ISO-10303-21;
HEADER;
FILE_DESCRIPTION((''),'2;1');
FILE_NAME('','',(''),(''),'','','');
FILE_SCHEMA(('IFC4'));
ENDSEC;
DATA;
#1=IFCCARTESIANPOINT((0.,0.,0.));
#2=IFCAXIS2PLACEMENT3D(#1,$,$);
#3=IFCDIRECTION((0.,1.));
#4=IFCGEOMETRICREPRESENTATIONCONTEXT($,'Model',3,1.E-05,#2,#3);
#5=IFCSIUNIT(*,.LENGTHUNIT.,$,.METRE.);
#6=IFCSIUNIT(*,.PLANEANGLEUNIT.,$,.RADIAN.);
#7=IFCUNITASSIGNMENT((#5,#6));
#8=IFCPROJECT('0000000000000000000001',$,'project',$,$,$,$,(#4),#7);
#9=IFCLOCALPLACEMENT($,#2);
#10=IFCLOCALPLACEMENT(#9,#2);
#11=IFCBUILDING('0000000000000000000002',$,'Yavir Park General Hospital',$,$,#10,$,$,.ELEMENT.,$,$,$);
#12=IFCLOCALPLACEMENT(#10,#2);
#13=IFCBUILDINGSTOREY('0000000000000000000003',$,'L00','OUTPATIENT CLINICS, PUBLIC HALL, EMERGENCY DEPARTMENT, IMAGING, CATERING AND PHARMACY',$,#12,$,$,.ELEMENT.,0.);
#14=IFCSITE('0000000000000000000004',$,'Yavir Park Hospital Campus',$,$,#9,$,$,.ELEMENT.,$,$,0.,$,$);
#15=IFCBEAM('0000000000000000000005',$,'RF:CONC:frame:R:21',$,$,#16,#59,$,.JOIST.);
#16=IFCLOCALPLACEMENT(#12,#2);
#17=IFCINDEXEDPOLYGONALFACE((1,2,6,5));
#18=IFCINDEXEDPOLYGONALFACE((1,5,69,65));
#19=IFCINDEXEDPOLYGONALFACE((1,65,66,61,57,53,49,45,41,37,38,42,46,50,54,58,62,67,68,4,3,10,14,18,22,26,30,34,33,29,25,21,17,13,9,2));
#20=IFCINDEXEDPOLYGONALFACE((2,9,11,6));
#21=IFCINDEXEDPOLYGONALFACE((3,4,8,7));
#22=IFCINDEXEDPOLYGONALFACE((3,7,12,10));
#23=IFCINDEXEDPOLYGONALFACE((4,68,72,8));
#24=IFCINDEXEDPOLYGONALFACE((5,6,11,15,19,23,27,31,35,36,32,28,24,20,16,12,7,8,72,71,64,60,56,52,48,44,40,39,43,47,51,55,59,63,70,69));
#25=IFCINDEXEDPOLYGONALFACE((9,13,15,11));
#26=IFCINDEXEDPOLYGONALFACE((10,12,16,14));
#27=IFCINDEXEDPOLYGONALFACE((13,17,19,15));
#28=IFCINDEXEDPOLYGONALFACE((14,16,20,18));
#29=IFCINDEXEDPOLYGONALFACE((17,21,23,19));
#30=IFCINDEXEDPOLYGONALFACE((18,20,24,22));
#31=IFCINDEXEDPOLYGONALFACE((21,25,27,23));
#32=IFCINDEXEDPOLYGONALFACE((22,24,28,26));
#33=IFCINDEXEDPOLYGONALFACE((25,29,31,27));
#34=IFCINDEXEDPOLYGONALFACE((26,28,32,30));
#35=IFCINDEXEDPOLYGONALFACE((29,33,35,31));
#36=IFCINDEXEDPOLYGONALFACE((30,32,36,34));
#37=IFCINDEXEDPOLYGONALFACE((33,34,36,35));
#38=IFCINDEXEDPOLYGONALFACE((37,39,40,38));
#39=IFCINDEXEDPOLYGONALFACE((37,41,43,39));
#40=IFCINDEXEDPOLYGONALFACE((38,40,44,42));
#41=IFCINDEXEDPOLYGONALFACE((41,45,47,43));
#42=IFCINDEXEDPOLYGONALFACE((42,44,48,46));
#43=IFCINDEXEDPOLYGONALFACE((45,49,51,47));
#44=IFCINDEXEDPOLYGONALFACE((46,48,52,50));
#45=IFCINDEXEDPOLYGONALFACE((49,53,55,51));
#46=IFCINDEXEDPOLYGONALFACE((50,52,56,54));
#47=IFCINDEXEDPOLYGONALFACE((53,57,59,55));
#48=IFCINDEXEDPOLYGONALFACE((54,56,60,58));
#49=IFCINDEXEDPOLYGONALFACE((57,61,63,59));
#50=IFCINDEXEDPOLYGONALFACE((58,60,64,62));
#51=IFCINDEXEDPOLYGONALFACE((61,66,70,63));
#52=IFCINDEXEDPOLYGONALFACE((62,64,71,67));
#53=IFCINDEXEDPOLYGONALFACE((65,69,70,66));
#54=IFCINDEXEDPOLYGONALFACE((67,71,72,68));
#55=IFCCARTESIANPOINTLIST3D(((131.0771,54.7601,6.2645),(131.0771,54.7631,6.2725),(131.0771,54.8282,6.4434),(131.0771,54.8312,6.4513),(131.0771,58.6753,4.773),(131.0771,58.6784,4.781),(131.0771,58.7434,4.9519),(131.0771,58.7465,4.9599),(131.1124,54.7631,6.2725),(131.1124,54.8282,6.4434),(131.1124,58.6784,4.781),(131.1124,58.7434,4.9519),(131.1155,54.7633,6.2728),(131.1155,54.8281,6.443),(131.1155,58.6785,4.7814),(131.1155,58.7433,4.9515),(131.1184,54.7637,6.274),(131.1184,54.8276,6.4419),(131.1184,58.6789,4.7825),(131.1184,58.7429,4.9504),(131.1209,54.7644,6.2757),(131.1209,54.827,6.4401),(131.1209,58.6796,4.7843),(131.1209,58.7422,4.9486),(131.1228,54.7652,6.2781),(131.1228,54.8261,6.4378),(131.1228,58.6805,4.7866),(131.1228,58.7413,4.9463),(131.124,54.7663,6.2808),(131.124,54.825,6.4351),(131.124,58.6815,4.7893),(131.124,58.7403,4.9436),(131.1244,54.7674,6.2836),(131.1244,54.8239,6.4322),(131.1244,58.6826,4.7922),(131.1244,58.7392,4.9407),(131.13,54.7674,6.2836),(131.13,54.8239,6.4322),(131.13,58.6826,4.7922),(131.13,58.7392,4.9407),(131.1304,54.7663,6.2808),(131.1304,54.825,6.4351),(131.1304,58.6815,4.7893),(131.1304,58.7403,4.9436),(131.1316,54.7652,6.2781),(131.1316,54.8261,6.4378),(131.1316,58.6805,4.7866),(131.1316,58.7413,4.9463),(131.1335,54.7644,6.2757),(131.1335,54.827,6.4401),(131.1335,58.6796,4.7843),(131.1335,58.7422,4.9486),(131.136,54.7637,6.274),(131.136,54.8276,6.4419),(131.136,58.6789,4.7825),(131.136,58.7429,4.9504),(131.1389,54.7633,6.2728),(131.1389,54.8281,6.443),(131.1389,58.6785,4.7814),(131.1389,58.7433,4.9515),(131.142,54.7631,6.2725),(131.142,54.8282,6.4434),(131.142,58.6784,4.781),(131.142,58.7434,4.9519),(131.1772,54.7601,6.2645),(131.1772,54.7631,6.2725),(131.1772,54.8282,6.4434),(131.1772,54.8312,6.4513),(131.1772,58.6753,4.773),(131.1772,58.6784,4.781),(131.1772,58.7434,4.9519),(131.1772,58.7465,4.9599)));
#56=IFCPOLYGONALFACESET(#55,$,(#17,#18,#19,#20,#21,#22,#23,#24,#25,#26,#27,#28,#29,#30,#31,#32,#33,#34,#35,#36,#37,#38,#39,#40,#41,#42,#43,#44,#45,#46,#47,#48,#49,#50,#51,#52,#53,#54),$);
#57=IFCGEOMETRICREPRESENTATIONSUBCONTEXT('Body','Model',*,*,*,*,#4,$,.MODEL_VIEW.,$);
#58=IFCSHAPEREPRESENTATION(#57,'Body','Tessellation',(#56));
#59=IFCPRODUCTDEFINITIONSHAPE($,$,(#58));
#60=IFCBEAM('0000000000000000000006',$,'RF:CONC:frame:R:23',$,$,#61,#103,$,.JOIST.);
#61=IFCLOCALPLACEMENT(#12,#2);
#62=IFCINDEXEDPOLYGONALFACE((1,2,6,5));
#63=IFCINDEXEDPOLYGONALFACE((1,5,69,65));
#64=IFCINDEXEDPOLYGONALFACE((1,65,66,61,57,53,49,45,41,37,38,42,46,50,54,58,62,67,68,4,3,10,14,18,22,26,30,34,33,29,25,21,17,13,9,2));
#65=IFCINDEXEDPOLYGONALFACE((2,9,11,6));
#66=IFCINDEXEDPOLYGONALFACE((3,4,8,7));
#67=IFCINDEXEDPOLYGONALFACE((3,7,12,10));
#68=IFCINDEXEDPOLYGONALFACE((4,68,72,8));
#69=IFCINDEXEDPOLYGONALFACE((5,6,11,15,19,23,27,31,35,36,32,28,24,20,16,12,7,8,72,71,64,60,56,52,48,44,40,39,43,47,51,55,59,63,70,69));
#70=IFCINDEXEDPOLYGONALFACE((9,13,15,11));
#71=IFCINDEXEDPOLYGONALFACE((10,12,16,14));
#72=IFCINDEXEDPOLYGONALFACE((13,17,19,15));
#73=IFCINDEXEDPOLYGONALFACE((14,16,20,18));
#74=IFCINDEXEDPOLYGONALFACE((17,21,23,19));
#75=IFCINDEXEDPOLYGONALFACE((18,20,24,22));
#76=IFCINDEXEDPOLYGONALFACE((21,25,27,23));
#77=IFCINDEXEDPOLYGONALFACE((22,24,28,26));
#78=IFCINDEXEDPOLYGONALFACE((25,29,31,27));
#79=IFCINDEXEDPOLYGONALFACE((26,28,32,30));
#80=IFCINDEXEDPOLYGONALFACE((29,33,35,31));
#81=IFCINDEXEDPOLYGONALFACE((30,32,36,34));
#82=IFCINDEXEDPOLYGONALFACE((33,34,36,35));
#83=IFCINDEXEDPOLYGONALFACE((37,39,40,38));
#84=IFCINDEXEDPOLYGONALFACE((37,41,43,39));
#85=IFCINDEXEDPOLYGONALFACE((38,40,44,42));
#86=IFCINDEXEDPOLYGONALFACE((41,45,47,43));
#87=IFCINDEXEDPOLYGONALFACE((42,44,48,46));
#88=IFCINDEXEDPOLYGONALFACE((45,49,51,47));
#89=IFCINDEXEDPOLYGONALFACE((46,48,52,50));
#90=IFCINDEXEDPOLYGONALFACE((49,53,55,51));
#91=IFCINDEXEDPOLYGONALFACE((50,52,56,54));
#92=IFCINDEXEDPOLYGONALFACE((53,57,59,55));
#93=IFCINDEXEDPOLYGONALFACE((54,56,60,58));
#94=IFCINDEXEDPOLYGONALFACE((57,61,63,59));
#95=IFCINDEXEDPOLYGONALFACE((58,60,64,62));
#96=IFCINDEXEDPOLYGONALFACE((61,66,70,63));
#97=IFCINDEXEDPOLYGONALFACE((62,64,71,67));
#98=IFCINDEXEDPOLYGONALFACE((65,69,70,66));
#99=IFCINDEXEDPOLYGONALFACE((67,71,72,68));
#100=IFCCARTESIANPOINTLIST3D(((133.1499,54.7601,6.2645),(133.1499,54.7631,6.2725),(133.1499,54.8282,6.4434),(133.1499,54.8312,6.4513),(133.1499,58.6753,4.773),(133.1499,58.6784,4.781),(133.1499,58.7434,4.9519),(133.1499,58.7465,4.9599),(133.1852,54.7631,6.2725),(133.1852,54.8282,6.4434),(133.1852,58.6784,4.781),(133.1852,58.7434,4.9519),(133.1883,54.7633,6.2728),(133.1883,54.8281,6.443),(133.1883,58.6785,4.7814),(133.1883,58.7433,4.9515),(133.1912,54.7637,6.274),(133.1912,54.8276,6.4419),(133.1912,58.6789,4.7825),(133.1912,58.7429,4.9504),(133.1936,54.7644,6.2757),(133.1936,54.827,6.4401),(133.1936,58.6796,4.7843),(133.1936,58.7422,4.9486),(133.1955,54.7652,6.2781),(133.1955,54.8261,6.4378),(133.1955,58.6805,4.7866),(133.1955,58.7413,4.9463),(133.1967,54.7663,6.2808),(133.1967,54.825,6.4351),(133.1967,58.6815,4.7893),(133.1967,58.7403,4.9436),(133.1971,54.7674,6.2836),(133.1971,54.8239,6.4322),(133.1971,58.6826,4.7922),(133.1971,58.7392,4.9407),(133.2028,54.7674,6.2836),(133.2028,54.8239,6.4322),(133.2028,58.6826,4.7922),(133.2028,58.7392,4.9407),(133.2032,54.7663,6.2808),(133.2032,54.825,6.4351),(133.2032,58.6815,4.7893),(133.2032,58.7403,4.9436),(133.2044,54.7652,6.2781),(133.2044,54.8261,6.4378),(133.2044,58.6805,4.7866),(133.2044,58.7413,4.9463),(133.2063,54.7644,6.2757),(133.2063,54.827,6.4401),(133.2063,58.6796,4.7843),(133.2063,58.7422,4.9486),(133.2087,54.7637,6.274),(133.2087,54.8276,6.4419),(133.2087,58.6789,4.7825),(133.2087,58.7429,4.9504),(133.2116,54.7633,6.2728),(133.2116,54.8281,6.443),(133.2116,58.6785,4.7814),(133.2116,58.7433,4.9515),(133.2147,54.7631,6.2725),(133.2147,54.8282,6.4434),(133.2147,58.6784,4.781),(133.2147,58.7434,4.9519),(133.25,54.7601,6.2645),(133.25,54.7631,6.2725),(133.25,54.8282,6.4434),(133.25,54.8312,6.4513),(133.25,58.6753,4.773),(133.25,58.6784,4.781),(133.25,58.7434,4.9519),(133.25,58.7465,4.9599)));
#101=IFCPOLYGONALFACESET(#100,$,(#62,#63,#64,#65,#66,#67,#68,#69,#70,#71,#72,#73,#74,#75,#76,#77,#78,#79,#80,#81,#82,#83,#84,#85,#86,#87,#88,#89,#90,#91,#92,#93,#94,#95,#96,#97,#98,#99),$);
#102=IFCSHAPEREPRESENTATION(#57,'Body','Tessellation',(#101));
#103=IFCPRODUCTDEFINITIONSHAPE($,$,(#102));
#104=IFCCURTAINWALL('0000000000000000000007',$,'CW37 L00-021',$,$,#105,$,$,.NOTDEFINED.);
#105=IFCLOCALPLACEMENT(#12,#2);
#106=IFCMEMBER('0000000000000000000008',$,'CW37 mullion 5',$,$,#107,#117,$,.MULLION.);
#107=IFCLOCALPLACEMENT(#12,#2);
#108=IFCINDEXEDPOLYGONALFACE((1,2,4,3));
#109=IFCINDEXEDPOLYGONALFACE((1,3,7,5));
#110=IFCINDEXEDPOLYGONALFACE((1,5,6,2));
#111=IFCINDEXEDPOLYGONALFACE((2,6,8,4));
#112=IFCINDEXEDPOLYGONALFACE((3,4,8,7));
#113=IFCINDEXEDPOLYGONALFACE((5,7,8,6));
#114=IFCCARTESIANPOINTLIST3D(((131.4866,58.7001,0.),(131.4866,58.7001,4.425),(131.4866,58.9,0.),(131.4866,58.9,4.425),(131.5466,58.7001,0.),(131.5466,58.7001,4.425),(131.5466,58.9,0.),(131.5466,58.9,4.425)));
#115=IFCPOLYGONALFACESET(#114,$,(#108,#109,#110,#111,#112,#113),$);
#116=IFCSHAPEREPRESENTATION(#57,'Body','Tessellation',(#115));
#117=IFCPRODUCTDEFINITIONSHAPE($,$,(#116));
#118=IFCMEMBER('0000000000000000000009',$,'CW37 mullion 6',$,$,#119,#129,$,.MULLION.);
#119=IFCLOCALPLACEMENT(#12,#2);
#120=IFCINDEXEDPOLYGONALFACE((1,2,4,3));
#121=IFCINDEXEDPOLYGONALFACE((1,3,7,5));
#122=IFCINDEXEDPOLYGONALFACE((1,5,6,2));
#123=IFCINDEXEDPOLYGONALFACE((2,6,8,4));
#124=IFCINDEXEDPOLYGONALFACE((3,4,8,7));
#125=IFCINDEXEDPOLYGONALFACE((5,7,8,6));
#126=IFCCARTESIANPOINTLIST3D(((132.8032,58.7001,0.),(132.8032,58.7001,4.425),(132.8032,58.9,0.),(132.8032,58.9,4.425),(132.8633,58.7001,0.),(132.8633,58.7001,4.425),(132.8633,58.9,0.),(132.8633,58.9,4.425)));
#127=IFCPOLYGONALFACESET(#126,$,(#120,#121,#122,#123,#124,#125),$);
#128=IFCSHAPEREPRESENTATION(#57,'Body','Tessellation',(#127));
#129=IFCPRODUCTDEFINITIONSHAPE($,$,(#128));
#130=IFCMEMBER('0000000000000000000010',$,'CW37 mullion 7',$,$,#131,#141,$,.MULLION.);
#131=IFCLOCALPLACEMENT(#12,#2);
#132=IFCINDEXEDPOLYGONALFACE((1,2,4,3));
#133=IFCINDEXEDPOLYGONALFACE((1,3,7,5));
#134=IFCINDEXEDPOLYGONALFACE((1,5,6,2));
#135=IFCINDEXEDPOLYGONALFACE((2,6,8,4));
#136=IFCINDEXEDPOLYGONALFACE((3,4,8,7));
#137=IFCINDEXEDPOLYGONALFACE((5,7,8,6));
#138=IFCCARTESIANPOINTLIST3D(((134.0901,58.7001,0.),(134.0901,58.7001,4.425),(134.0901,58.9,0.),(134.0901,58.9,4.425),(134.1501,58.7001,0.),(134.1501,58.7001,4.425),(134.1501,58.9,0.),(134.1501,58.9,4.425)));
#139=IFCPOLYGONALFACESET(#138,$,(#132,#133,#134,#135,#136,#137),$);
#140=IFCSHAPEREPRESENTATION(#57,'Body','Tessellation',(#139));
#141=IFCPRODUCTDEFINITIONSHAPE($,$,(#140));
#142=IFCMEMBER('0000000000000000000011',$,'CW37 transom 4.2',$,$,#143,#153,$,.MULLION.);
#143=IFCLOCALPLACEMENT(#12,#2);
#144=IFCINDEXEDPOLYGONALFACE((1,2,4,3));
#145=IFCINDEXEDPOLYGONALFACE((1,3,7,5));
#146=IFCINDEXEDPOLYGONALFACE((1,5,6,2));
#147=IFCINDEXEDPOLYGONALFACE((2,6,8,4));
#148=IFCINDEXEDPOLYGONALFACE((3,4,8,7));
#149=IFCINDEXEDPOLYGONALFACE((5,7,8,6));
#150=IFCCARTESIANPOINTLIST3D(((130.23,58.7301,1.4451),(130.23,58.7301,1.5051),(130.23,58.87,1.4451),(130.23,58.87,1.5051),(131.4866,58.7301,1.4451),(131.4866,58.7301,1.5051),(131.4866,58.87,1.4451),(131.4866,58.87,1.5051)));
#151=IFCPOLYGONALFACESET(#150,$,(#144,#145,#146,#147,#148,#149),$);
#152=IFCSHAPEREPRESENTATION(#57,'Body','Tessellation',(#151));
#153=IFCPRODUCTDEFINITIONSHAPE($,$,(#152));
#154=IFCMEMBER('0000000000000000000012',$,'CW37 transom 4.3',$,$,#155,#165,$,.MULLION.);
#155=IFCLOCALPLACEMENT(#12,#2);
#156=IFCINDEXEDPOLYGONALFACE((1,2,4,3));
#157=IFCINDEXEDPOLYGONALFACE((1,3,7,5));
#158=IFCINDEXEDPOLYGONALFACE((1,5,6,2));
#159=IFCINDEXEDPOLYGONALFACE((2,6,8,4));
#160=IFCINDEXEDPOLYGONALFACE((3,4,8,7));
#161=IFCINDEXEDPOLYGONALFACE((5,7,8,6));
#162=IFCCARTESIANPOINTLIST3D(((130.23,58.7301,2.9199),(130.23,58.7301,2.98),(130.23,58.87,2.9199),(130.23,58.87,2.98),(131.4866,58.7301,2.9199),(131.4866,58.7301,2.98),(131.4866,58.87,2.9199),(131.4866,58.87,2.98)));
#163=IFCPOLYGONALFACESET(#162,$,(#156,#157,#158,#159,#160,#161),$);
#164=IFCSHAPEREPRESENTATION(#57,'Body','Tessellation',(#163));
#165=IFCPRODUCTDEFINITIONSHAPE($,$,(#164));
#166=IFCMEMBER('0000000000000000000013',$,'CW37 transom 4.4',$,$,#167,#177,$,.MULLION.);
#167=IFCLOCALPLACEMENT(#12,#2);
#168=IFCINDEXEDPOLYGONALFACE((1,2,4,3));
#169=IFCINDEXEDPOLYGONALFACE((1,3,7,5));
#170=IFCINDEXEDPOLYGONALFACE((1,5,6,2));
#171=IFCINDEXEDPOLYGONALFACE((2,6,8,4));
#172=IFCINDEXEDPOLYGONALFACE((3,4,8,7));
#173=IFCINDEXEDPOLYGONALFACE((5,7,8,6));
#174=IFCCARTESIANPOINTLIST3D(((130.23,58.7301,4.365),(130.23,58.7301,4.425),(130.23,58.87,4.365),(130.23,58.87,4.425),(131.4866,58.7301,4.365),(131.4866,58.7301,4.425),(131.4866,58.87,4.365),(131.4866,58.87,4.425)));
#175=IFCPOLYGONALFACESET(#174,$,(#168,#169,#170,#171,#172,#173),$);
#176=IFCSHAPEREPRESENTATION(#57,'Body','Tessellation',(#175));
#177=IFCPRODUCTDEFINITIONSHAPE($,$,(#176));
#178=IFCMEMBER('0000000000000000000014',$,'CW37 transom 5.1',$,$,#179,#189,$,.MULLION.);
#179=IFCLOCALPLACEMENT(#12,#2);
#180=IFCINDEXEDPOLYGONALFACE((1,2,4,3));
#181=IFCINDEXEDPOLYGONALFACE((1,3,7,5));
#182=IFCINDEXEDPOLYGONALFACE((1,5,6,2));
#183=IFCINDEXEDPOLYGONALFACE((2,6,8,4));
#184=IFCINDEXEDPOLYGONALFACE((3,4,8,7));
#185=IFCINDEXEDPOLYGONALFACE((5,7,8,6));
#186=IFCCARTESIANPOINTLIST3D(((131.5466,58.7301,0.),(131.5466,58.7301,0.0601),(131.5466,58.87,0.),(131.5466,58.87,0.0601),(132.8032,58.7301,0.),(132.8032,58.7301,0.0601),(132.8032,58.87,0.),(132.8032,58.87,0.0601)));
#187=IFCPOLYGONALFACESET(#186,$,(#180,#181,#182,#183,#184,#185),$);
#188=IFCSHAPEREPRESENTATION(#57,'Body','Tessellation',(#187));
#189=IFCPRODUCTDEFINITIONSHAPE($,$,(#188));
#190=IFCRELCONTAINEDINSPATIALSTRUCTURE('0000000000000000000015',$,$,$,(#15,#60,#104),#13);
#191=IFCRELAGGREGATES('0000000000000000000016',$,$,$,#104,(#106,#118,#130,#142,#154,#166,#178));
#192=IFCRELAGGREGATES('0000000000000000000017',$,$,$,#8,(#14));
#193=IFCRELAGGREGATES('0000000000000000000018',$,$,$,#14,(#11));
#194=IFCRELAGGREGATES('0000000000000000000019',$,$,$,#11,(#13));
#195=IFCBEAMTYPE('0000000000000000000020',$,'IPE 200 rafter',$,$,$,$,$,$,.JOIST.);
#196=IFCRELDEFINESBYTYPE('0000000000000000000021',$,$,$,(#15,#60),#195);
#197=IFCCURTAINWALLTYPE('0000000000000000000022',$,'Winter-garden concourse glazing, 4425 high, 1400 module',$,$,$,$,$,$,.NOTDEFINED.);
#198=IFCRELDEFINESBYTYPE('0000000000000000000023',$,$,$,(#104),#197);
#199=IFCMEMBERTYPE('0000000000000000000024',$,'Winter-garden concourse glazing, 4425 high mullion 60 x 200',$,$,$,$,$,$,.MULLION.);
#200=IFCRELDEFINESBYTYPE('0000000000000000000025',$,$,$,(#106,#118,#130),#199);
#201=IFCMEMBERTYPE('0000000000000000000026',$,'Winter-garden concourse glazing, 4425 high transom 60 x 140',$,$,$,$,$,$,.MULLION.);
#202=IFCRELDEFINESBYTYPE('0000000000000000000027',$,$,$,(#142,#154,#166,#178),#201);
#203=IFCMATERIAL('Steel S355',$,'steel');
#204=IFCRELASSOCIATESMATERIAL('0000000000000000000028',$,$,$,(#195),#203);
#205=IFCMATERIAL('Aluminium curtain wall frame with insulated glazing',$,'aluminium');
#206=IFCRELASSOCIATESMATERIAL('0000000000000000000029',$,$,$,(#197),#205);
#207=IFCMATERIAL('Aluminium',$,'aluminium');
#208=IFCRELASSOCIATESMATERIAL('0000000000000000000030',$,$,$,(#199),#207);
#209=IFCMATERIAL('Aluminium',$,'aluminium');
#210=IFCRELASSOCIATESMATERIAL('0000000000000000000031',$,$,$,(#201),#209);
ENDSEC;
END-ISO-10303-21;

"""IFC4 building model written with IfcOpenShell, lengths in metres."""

from ifc_helpers import new_model, si_unit, direction, frame, origin, origin_2d, place, context, subcontext, project, spatial, rectangle, i_section, extrude, material, material_profile, profile_set, type_object, element, aggregate, save


model = new_model("IFC4")

# Units and contexts
model_context = context("Model", 3, precision=1e-05, world=origin(), true_north=direction((0.0, 1.0)))
body_context = subcontext(model_context, "Body", "Model", "MODEL_VIEW")
ifc_project = project(units=[si_unit("LENGTHUNIT", "METRE"), si_unit("PLANEANGLEUNIT", "RADIAN")], contexts=[model_context])

# Site, building, storey
site_placement = place(None, origin())
site = spatial("IfcSite", under=ifc_project, at=site_placement, Name="Yavir Park Hospital Campus", CompositionType="ELEMENT", RefElevation=0.0)
building_placement = place(site_placement, origin())
building = spatial("IfcBuilding", under=site, at=building_placement, Name="Yavir Park General Hospital", CompositionType="ELEMENT")
storey_placement = place(building_placement, origin())
storey = spatial("IfcBuildingStorey", under=building, at=storey_placement, Name="L00", Description="OUTPATIENT CLINICS, PUBLIC HALL, EMERGENCY DEPARTMENT, IMAGING, CATERING AND PHARMACY", CompositionType="ELEMENT", Elevation=0.0)

# Beams
ifc_material_1 = material(Name="Steel S355", Category="steel")
ifc_material_profile_1 = material_profile(ifc_material_1, i_section(OverallWidth=0.1001, OverallDepth=0.2, WebThickness=0.0056, FlangeThickness=0.0085, FilletRadius=0.012, at=origin_2d()), Name="IPE200")
ifc_profile_set_1 = profile_set([ifc_material_profile_1], Name="Steel S355")
beam_type = type_object("IfcBeamType", Name="IPE 200 rafter", PredefinedType="JOIST", material=ifc_profile_set_1)
for number, where, z_axis, x_axis, name in (
    (1, (131.1272, 54.7957, 6.3579), (0.0, 0.934494, -0.355978), (-1.0, 0.0, 0.0), "RF:CONC:frame:R:21"),
    (2, (133.2, 54.7957, 6.3579), (0.0, 0.934494, -0.355978), (-1.0, 0.0, 0.0), "RF:CONC:frame:R:23"),
):
    element("IfcBeam", number, at=place(storey_placement, frame(where, z_axis=z_axis, x_axis=x_axis)), inside=storey, type_object=beam_type, Name=name, PredefinedType="JOIST", context=body_context, shape_type="SweptSolid", body=[
        extrude(i_section(OverallWidth=0.1001, OverallDepth=0.2, WebThickness=0.0056, FlangeThickness=0.0085, FilletRadius=0.012, at=origin_2d()), origin(), (0.0, 0.0, 1.0), 4.1897),
    ])

# Curtain wall, members
ifc_material_2 = material(Name="Aluminium curtain wall frame with insulated glazing", Category="aluminium")
curtain_wall_type = type_object("IfcCurtainWallType", Name="Winter-garden concourse glazing, 4425 high, 1400 module", PredefinedType="NOTDEFINED", material=ifc_material_2)
curtain_wall_placement = place(storey_placement, origin())
curtain_wall = element("IfcCurtainWall", 3, at=curtain_wall_placement, inside=storey, type_object=curtain_wall_type, Name="CW37 L00-021", PredefinedType="NOTDEFINED")
ifc_material_3 = material(Name="Aluminium", Category="aluminium")
ifc_material_profile_2 = material_profile(ifc_material_3, rectangle(XDim=0.2, YDim=0.0601, at=origin_2d()), Name="AL 60x200")
ifc_profile_set_2 = profile_set([ifc_material_profile_2], Name="Aluminium")
member_type_1 = type_object("IfcMemberType", Name="Winter-garden concourse glazing, 4425 high mullion 60 x 200", PredefinedType="MULLION", material=ifc_profile_set_2)
member_1_placement = place(storey_placement, frame((131.5166, 58.8, 0.0), z_axis=(0.0, 0.0, 1.0), x_axis=(0.0, 1.0, 0.0)))
member_1 = element("IfcMember", 4, at=member_1_placement, type_object=member_type_1, Name="CW37 mullion 5", PredefinedType="MULLION", context=body_context, shape_type="SweptSolid", body=[
    extrude(rectangle(XDim=0.2, YDim=0.0601, at=origin_2d()), origin(), (0.0, 0.0, 1.0), 4.425),
])
member_2_placement = place(storey_placement, frame((132.8333, 58.8, 0.0), z_axis=(0.0, 0.0, 1.0), x_axis=(0.0, 1.0, 0.0)))
member_2 = element("IfcMember", 5, at=member_2_placement, type_object=member_type_1, Name="CW37 mullion 6", PredefinedType="MULLION", context=body_context, shape_type="SweptSolid", body=[
    extrude(rectangle(XDim=0.2, YDim=0.0601, at=origin_2d()), origin(), (0.0, 0.0, 1.0), 4.425),
])
member_3_placement = place(storey_placement, frame((134.1201, 58.8, 0.0), z_axis=(0.0, 0.0, 1.0), x_axis=(0.0, 1.0, 0.0)))
member_3 = element("IfcMember", 6, at=member_3_placement, type_object=member_type_1, Name="CW37 mullion 7", PredefinedType="MULLION", context=body_context, shape_type="SweptSolid", body=[
    extrude(rectangle(XDim=0.2, YDim=0.0601, at=origin_2d()), origin(), (0.0, 0.0, 1.0), 4.425),
])
ifc_material_4 = material(Name="Aluminium", Category="aluminium")
ifc_material_profile_3 = material_profile(ifc_material_4, rectangle(XDim=0.1399, YDim=0.0601, at=origin_2d()), Name="AL 140x60")
ifc_profile_set_3 = profile_set([ifc_material_profile_3], Name="Aluminium")
member_type_2 = type_object("IfcMemberType", Name="Winter-garden concourse glazing, 4425 high transom 60 x 140", PredefinedType="MULLION", material=ifc_profile_set_3)
member_4_placement = place(storey_placement, frame((130.23, 58.8, 1.4751), z_axis=(1.0, 0.0, 0.0), x_axis=(0.0, 1.0, 0.0)))
member_4 = element("IfcMember", 7, at=member_4_placement, type_object=member_type_2, Name="CW37 transom 4.2", PredefinedType="MULLION", context=body_context, shape_type="SweptSolid", body=[
    extrude(rectangle(XDim=0.1399, YDim=0.0601, at=origin_2d()), origin(), (0.0, 0.0, 1.0), 1.2566),
])
member_5_placement = place(storey_placement, frame((130.23, 58.8, 2.95), z_axis=(1.0, 0.0, 0.0), x_axis=(0.0, 1.0, 0.0)))
member_5 = element("IfcMember", 8, at=member_5_placement, type_object=member_type_2, Name="CW37 transom 4.3", PredefinedType="MULLION", context=body_context, shape_type="SweptSolid", body=[
    extrude(rectangle(XDim=0.1399, YDim=0.0601, at=origin_2d()), origin(), (0.0, 0.0, 1.0), 1.2566),
])
member_6_placement = place(storey_placement, frame((130.23, 58.8, 4.395), z_axis=(1.0, 0.0, 0.0), x_axis=(0.0, 1.0, 0.0)))
member_6 = element("IfcMember", 9, at=member_6_placement, type_object=member_type_2, Name="CW37 transom 4.4", PredefinedType="MULLION", context=body_context, shape_type="SweptSolid", body=[
    extrude(rectangle(XDim=0.1399, YDim=0.0601, at=origin_2d()), origin(), (0.0, 0.0, 1.0), 1.2566),
])
member_7_placement = place(storey_placement, frame((131.5466, 58.8, 0.03), z_axis=(1.0, 0.0, 0.0), x_axis=(0.0, 1.0, 0.0)))
member_7 = element("IfcMember", 10, at=member_7_placement, type_object=member_type_2, Name="CW37 transom 5.1", PredefinedType="MULLION", context=body_context, shape_type="SweptSolid", body=[
    extrude(rectangle(XDim=0.1399, YDim=0.0601, at=origin_2d()), origin(), (0.0, 0.0, 1.0), 1.2566),
])
aggregate(curtain_wall, [member_1, member_2, member_3, member_4, member_5, member_6, member_7])

save(model, "model.ifc")
